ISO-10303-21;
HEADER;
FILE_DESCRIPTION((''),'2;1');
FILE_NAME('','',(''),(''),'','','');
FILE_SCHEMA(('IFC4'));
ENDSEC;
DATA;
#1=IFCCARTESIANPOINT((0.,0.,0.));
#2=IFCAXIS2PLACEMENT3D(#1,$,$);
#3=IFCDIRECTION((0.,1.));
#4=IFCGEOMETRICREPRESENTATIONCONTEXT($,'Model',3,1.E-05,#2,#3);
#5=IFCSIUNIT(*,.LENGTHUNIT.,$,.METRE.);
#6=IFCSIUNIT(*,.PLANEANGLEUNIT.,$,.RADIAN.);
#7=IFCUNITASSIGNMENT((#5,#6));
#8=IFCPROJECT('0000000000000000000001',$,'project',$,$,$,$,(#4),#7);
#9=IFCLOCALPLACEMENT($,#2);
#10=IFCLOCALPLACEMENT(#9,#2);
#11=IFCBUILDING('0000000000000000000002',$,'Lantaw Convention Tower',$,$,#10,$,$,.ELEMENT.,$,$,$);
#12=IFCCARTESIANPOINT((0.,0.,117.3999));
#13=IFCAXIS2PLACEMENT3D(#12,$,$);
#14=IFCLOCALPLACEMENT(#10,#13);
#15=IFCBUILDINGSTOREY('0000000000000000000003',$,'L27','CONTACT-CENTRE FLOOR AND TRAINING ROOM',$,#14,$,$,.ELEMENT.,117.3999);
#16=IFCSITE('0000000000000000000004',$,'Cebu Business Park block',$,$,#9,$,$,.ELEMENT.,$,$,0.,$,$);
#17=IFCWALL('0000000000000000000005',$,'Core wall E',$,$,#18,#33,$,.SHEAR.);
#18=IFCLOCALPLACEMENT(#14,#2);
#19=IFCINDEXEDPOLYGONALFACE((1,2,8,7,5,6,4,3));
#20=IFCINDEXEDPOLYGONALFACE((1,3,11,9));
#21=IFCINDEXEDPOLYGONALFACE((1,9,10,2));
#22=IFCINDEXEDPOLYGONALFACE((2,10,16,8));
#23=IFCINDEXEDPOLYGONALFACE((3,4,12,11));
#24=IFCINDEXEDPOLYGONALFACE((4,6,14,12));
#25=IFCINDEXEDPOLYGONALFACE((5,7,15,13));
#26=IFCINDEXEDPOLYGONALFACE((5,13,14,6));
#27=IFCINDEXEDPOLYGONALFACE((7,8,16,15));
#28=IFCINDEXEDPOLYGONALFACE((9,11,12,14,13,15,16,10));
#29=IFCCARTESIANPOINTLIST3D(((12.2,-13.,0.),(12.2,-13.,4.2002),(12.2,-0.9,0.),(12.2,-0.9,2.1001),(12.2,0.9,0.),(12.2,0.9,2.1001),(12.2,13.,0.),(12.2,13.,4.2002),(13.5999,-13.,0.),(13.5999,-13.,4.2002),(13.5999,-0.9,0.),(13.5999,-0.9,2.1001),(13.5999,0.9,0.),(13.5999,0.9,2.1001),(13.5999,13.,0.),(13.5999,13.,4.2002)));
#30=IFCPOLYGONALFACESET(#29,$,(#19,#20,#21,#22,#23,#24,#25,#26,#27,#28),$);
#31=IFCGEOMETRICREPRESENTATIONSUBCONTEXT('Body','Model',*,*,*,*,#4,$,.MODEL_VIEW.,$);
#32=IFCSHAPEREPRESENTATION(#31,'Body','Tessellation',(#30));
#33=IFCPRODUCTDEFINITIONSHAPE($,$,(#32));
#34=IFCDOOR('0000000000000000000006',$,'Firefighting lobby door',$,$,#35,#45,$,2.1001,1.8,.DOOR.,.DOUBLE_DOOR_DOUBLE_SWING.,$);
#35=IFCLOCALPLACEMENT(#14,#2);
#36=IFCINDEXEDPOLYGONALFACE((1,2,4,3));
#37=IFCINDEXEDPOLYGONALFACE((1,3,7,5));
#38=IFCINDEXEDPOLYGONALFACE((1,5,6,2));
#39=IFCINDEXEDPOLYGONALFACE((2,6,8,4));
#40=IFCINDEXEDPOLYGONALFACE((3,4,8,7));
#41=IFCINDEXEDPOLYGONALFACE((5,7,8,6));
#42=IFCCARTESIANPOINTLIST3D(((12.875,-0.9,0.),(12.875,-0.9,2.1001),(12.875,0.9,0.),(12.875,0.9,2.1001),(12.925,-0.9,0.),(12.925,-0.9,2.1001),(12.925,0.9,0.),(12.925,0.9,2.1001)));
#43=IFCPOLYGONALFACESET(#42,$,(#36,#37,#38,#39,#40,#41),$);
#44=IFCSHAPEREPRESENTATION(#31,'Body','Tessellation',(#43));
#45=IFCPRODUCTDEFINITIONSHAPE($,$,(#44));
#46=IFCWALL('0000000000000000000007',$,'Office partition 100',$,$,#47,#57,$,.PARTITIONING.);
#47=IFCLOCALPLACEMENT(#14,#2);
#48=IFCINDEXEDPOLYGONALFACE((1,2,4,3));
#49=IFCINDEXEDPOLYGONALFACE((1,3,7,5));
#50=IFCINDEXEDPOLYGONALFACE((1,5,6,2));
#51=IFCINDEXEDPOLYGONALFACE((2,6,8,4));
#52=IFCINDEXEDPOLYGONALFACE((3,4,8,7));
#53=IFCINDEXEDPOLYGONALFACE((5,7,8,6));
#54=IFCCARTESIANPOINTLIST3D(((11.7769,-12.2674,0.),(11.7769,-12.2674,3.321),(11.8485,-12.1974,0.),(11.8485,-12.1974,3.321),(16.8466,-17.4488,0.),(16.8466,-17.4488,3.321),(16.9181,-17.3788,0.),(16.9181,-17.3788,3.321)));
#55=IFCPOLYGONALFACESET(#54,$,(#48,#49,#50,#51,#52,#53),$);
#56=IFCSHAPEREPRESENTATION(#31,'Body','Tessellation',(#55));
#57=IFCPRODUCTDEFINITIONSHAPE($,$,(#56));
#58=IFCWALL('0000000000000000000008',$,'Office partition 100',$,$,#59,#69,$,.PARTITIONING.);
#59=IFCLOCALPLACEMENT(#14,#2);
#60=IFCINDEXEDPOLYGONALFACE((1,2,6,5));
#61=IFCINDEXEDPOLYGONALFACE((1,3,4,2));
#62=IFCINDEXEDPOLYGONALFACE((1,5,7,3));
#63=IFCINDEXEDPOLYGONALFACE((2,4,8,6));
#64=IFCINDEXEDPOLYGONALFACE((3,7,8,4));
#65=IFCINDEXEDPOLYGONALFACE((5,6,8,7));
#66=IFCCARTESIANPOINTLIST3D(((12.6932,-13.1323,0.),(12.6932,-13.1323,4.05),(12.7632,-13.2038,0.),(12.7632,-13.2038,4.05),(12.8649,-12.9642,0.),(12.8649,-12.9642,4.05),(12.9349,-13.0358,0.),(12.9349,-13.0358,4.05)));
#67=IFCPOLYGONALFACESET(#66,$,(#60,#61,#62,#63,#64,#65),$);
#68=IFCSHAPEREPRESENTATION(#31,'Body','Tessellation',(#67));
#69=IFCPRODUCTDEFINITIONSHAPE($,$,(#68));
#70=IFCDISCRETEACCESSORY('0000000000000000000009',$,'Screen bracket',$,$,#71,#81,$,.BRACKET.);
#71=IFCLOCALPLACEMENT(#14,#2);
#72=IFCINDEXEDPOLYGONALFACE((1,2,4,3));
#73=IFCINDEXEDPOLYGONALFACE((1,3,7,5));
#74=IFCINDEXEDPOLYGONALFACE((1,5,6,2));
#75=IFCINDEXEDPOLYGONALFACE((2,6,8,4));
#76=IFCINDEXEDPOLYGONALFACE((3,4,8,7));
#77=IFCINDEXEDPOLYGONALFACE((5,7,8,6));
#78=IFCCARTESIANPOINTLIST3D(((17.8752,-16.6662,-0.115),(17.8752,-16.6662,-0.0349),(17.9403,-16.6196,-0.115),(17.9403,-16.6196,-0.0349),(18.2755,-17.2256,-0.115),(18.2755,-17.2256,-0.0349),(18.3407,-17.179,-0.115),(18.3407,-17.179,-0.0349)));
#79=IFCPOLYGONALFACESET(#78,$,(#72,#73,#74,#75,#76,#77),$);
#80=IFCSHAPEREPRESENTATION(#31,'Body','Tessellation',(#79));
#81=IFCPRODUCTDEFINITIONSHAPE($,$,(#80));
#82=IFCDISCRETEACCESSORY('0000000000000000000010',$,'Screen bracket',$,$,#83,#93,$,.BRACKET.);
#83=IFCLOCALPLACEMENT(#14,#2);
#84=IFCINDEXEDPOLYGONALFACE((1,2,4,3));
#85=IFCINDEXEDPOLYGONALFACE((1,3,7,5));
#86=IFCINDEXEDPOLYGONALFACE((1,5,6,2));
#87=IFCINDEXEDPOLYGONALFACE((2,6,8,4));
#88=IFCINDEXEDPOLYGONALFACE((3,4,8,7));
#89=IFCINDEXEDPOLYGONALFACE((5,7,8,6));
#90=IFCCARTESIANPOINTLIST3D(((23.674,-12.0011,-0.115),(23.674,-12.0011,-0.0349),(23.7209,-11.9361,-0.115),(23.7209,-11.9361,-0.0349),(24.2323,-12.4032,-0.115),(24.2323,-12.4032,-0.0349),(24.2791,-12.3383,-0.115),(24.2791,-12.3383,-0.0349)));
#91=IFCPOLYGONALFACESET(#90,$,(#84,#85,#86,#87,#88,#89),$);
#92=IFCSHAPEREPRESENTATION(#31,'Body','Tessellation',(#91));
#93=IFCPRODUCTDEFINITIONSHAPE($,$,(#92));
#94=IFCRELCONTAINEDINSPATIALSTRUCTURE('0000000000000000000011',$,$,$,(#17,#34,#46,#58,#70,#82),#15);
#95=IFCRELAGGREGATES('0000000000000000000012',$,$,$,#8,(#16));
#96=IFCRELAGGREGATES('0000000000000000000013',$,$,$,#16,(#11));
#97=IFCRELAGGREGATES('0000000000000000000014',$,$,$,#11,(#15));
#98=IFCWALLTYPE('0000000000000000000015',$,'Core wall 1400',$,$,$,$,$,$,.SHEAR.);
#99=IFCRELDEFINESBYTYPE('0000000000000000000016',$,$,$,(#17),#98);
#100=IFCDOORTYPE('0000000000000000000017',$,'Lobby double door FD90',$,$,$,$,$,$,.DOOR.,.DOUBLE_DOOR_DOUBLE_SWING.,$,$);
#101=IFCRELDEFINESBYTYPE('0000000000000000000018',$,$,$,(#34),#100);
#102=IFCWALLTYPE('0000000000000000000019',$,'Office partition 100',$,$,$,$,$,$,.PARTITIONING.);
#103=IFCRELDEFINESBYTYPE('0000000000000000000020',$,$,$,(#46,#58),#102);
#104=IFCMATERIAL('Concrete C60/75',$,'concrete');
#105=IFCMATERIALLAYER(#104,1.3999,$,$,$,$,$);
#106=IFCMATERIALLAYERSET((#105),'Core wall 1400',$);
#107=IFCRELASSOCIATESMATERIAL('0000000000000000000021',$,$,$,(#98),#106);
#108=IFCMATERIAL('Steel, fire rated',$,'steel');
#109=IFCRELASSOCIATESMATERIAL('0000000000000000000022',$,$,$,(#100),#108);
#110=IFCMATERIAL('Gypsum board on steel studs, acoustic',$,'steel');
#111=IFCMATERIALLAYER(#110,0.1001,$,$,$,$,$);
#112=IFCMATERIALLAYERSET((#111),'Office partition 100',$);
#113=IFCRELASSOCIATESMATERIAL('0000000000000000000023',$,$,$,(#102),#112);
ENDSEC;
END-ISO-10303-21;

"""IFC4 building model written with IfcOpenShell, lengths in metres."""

from ifc_helpers import new_model, si_unit, direction, frame, frame_2d, origin, origin_2d, place, context, subcontext, project, spatial, rectangle, extrude, material, layer, layer_set, type_object, element, fill, save


model = new_model("IFC4")

# Units and contexts
model_context = context("Model", 3, precision=1e-05, world=origin(), true_north=direction((0.0, 1.0)))
body_context = subcontext(model_context, "Body", "Model", "MODEL_VIEW")
ifc_project = project(units=[si_unit("LENGTHUNIT", "METRE"), si_unit("PLANEANGLEUNIT", "RADIAN")], contexts=[model_context])

# Site, building, storey
site_placement = place(None, origin())
site = spatial("IfcSite", under=ifc_project, at=site_placement, Name="Cebu Business Park block", CompositionType="ELEMENT", RefElevation=0.0)
building_placement = place(site_placement, origin())
building = spatial("IfcBuilding", under=site, at=building_placement, Name="Lantaw Convention Tower", CompositionType="ELEMENT")
storey_placement = place(building_placement, frame((0.0, 0.0, 117.3999)))
storey = spatial("IfcBuildingStorey", under=building, at=storey_placement, Name="L27", Description="CONTACT-CENTRE FLOOR AND TRAINING ROOM", CompositionType="ELEMENT", Elevation=117.3999)

# Shared definitions
ifc_material_1 = material(Name="Concrete C60/75", Category="concrete")

# Wall, opening, door
ifc_layer_1 = layer(ifc_material_1, 1.3999)
ifc_layer_set_1 = layer_set([ifc_layer_1], Name="Core wall 1400")
wall_type_1 = type_object("IfcWallType", Name="Core wall 1400", PredefinedType="SHEAR", material=ifc_layer_set_1)
wall_1_placement = place(storey_placement, frame((12.8999, -13.0, 0.0), z_axis=(0.0, 0.0, 1.0), x_axis=(0.0, 1.0, 0.0)))
wall_1 = element("IfcWall", 1, at=wall_1_placement, inside=storey, type_object=wall_type_1, Name="Core wall E", PredefinedType="SHEAR", context=body_context, shape_type="SweptSolid", body=[
    extrude(rectangle(XDim=26.0, YDim=1.3999, at=frame_2d((13.0, 0.0))), origin(), (0.0, 0.0, 1.0), 4.2002),
])
opening_placement = place(wall_1_placement, frame((12.1001, 0.0, 0.0)))
opening = element("IfcOpeningElement", 2, at=opening_placement, cuts=wall_1, PredefinedType="OPENING", context=body_context, shape_type="SweptSolid", body=[
    extrude(rectangle(XDim=1.8, YDim=2.1001, at=frame_2d((0.8999, 1.05))), frame((0.0, 0.71, 0.0), z_axis=(0.0, -1.0, 0.0), x_axis=(1.0, 0.0, 0.0)), (0.0, 0.0, 1.0), 1.4199),
])
ifc_material_2 = material(Name="Steel, fire rated", Category="steel")
door_type = type_object("IfcDoorType", Name="Lobby double door FD90", OperationType="DOUBLE_DOOR_DOUBLE_SWING", PredefinedType="DOOR", material=ifc_material_2)
door_placement = place(opening_placement, origin())
door = element("IfcDoor", 3, at=door_placement, inside=storey, type_object=door_type, Name="Firefighting lobby door", OperationType="DOUBLE_DOOR_DOUBLE_SWING", OverallHeight=2.1001, OverallWidth=1.8, PredefinedType="DOOR", context=body_context, shape_type="SweptSolid", body=[
    extrude(rectangle(XDim=1.8, YDim=2.1001, at=frame_2d((0.8999, 1.05))), frame((0.0, 0.0249, 0.0), z_axis=(0.0, -1.0, 0.0), x_axis=(1.0, 0.0, 0.0)), (0.0, 0.0, 1.0), 0.05),
])
fill(opening, door)

# Walls
ifc_material_3 = material(Name="Gypsum board on steel studs, acoustic", Category="steel")
ifc_layer_2 = layer(ifc_material_3, 0.1001)
ifc_layer_set_2 = layer_set([ifc_layer_2], Name="Office partition 100")
wall_type_2 = type_object("IfcWallType", Name="Office partition 100", PredefinedType="PARTITIONING", material=ifc_layer_set_2)
wall_2_placement = place(storey_placement, frame((16.8823, -17.4138, 0.0), z_axis=(0.0, 0.0, 1.0), x_axis=(-0.699352, 0.714777, 0.0)))
element("IfcWall", 4, at=wall_2_placement, inside=storey, type_object=wall_type_2, Name="Office partition 100", PredefinedType="PARTITIONING", context=body_context, shape_type="SweptSolid", body=[
    extrude(rectangle(XDim=7.249, YDim=0.1001, at=frame_2d((3.6245, 0.0))), origin(), (0.0, 0.0, 1.0), 3.321),
])
wall_3_placement = place(storey_placement, frame((12.8999, -13.0, 0.0), z_axis=(0.0, 0.0, 1.0), x_axis=(-0.71469, -0.699441, 0.0)))
element("IfcWall", 5, at=wall_3_placement, inside=storey, type_object=wall_type_2, Name="Office partition 100", PredefinedType="PARTITIONING", context=body_context, shape_type="SweptSolid", body=[
    extrude(rectangle(XDim=0.2402, YDim=0.1001, at=frame_2d((0.1201, 0.0))), origin(), (0.0, 0.0, 1.0), 4.05),
])

# Discrete accessories
for number, where, z_axis, x_axis, name in (
    (6, (18.1079, -16.9226, -0.115), (0.0, 0.0, 1.0), (0.813208, 0.581973, 0.0), "Screen bracket"),
    (7, (23.9766, -12.1697, -0.115), (0.0, 0.0, 1.0), (0.584513, 0.811385, 0.0), "Screen bracket"),
):
    element("IfcDiscreteAccessory", number, at=place(storey_placement, frame(where, z_axis=z_axis, x_axis=x_axis)), inside=storey, Name=name, PredefinedType="BRACKET", context=body_context, shape_type="SweptSolid", body=[
        extrude(rectangle(XDim=0.0801, YDim=0.688, at=origin_2d()), origin(), (0.0, 0.0, 1.0), 0.0801),
    ])

save(model, "model.ifc")
